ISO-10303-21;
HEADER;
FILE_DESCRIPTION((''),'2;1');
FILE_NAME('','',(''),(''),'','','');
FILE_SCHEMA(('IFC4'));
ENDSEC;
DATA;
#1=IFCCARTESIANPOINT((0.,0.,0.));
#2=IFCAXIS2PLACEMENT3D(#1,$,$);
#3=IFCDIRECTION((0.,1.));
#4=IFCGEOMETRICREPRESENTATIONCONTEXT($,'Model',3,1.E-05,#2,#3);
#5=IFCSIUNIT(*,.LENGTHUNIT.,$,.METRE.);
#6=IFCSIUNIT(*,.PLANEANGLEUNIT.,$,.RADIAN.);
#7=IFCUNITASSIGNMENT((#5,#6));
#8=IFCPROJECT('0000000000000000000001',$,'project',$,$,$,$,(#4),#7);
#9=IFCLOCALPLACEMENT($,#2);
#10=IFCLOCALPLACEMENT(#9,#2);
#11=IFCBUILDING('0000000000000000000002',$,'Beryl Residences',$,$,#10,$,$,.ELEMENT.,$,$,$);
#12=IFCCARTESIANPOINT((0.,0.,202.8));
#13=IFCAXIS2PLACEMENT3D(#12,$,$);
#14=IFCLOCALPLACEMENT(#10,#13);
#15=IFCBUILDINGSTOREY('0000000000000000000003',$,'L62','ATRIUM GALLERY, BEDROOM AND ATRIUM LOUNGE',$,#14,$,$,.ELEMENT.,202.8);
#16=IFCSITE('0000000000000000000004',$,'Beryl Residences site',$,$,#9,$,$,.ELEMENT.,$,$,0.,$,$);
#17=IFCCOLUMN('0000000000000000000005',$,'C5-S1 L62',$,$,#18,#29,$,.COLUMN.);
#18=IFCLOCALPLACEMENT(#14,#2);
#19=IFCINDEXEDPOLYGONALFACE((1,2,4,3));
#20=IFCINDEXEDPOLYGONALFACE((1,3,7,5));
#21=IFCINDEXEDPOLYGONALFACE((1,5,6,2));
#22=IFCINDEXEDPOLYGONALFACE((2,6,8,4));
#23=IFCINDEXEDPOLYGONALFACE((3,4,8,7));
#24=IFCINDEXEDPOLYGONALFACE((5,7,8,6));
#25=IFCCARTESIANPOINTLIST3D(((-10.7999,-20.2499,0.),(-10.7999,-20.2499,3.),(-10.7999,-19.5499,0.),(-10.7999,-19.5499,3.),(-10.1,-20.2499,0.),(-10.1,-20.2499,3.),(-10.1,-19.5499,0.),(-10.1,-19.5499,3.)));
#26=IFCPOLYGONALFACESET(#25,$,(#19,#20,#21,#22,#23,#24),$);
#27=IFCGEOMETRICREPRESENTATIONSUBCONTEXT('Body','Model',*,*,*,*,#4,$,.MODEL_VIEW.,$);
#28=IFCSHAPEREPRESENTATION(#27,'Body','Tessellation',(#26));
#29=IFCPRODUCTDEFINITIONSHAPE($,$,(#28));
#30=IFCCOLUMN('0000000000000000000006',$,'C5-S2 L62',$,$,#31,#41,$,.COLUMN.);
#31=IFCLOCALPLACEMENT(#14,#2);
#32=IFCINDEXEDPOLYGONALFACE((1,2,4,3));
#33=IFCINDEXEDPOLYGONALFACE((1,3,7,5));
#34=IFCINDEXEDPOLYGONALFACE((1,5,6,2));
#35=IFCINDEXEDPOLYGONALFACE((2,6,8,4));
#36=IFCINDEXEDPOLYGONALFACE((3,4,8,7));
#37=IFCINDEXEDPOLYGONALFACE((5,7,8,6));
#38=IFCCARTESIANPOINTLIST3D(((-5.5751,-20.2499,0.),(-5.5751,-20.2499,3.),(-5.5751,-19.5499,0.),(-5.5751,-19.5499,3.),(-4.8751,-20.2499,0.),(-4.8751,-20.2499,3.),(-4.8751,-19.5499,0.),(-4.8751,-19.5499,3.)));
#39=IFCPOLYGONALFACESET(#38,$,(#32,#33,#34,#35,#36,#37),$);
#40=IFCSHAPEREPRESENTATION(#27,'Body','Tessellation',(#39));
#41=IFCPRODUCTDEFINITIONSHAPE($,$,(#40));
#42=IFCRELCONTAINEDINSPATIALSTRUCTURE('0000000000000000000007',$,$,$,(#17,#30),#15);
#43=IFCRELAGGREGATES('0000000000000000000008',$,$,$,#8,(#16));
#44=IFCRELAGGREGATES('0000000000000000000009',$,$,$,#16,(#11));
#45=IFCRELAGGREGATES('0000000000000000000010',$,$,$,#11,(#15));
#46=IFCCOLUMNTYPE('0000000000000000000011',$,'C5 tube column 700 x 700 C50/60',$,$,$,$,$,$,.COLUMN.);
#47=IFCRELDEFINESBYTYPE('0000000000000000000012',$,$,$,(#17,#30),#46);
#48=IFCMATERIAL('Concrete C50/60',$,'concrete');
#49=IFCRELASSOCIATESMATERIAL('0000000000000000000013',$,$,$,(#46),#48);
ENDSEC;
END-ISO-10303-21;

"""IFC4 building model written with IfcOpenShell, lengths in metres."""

from ifc_helpers import new_model, si_unit, direction, frame, origin, origin_2d, place, context, subcontext, project, spatial, rectangle, extrude, material, material_profile, profile_set, type_object, element, save


model = new_model("IFC4")

# Units and contexts
model_context = context("Model", 3, precision=1e-05, world=origin(), true_north=direction((0.0, 1.0)))
body_context = subcontext(model_context, "Body", "Model", "MODEL_VIEW")
ifc_project = project(units=[si_unit("LENGTHUNIT", "METRE"), si_unit("PLANEANGLEUNIT", "RADIAN")], contexts=[model_context])

# Site, building, storey
site_placement = place(None, origin())
site = spatial("IfcSite", under=ifc_project, at=site_placement, Name="Beryl Residences site", CompositionType="ELEMENT", RefElevation=0.0)
building_placement = place(site_placement, origin())
building = spatial("IfcBuilding", under=site, at=building_placement, Name="Beryl Residences", CompositionType="ELEMENT")
storey_placement = place(building_placement, frame((0.0, 0.0, 202.8)))
storey = spatial("IfcBuildingStorey", under=building, at=storey_placement, Name="L62", Description="ATRIUM GALLERY, BEDROOM AND ATRIUM LOUNGE", CompositionType="ELEMENT", Elevation=202.8)

# Columns
ifc_material_1 = material(Name="Concrete C50/60", Category="concrete")
ifc_material_profile = material_profile(ifc_material_1, rectangle(XDim=0.7, YDim=0.7, at=origin_2d()))
ifc_profile_set = profile_set([ifc_material_profile], Name="Concrete C50/60")
column_type = type_object("IfcColumnType", Name="C5 tube column 700 x 700 C50/60", PredefinedType="COLUMN", material=ifc_profile_set)
for number, where, z_axis, x_axis, name in (
    (1, (-10.45, -19.8999, 0.0), (0.0, 0.0, 1.0), (1.0, 0.0, 0.0), "C5-S1 L62"),
    (2, (-5.2251, -19.8999, 0.0), (0.0, 0.0, 1.0), (1.0, 0.0, 0.0), "C5-S2 L62"),
):
    element("IfcColumn", number, at=place(storey_placement, frame(where, z_axis=z_axis, x_axis=x_axis)), inside=storey, type_object=column_type, Name=name, PredefinedType="COLUMN", context=body_context, shape_type="SweptSolid", body=[
        extrude(rectangle(XDim=0.7, YDim=0.7, at=origin_2d()), origin(), (0.0, 0.0, 1.0), 3.0),
    ])

save(model, "model.ifc")
